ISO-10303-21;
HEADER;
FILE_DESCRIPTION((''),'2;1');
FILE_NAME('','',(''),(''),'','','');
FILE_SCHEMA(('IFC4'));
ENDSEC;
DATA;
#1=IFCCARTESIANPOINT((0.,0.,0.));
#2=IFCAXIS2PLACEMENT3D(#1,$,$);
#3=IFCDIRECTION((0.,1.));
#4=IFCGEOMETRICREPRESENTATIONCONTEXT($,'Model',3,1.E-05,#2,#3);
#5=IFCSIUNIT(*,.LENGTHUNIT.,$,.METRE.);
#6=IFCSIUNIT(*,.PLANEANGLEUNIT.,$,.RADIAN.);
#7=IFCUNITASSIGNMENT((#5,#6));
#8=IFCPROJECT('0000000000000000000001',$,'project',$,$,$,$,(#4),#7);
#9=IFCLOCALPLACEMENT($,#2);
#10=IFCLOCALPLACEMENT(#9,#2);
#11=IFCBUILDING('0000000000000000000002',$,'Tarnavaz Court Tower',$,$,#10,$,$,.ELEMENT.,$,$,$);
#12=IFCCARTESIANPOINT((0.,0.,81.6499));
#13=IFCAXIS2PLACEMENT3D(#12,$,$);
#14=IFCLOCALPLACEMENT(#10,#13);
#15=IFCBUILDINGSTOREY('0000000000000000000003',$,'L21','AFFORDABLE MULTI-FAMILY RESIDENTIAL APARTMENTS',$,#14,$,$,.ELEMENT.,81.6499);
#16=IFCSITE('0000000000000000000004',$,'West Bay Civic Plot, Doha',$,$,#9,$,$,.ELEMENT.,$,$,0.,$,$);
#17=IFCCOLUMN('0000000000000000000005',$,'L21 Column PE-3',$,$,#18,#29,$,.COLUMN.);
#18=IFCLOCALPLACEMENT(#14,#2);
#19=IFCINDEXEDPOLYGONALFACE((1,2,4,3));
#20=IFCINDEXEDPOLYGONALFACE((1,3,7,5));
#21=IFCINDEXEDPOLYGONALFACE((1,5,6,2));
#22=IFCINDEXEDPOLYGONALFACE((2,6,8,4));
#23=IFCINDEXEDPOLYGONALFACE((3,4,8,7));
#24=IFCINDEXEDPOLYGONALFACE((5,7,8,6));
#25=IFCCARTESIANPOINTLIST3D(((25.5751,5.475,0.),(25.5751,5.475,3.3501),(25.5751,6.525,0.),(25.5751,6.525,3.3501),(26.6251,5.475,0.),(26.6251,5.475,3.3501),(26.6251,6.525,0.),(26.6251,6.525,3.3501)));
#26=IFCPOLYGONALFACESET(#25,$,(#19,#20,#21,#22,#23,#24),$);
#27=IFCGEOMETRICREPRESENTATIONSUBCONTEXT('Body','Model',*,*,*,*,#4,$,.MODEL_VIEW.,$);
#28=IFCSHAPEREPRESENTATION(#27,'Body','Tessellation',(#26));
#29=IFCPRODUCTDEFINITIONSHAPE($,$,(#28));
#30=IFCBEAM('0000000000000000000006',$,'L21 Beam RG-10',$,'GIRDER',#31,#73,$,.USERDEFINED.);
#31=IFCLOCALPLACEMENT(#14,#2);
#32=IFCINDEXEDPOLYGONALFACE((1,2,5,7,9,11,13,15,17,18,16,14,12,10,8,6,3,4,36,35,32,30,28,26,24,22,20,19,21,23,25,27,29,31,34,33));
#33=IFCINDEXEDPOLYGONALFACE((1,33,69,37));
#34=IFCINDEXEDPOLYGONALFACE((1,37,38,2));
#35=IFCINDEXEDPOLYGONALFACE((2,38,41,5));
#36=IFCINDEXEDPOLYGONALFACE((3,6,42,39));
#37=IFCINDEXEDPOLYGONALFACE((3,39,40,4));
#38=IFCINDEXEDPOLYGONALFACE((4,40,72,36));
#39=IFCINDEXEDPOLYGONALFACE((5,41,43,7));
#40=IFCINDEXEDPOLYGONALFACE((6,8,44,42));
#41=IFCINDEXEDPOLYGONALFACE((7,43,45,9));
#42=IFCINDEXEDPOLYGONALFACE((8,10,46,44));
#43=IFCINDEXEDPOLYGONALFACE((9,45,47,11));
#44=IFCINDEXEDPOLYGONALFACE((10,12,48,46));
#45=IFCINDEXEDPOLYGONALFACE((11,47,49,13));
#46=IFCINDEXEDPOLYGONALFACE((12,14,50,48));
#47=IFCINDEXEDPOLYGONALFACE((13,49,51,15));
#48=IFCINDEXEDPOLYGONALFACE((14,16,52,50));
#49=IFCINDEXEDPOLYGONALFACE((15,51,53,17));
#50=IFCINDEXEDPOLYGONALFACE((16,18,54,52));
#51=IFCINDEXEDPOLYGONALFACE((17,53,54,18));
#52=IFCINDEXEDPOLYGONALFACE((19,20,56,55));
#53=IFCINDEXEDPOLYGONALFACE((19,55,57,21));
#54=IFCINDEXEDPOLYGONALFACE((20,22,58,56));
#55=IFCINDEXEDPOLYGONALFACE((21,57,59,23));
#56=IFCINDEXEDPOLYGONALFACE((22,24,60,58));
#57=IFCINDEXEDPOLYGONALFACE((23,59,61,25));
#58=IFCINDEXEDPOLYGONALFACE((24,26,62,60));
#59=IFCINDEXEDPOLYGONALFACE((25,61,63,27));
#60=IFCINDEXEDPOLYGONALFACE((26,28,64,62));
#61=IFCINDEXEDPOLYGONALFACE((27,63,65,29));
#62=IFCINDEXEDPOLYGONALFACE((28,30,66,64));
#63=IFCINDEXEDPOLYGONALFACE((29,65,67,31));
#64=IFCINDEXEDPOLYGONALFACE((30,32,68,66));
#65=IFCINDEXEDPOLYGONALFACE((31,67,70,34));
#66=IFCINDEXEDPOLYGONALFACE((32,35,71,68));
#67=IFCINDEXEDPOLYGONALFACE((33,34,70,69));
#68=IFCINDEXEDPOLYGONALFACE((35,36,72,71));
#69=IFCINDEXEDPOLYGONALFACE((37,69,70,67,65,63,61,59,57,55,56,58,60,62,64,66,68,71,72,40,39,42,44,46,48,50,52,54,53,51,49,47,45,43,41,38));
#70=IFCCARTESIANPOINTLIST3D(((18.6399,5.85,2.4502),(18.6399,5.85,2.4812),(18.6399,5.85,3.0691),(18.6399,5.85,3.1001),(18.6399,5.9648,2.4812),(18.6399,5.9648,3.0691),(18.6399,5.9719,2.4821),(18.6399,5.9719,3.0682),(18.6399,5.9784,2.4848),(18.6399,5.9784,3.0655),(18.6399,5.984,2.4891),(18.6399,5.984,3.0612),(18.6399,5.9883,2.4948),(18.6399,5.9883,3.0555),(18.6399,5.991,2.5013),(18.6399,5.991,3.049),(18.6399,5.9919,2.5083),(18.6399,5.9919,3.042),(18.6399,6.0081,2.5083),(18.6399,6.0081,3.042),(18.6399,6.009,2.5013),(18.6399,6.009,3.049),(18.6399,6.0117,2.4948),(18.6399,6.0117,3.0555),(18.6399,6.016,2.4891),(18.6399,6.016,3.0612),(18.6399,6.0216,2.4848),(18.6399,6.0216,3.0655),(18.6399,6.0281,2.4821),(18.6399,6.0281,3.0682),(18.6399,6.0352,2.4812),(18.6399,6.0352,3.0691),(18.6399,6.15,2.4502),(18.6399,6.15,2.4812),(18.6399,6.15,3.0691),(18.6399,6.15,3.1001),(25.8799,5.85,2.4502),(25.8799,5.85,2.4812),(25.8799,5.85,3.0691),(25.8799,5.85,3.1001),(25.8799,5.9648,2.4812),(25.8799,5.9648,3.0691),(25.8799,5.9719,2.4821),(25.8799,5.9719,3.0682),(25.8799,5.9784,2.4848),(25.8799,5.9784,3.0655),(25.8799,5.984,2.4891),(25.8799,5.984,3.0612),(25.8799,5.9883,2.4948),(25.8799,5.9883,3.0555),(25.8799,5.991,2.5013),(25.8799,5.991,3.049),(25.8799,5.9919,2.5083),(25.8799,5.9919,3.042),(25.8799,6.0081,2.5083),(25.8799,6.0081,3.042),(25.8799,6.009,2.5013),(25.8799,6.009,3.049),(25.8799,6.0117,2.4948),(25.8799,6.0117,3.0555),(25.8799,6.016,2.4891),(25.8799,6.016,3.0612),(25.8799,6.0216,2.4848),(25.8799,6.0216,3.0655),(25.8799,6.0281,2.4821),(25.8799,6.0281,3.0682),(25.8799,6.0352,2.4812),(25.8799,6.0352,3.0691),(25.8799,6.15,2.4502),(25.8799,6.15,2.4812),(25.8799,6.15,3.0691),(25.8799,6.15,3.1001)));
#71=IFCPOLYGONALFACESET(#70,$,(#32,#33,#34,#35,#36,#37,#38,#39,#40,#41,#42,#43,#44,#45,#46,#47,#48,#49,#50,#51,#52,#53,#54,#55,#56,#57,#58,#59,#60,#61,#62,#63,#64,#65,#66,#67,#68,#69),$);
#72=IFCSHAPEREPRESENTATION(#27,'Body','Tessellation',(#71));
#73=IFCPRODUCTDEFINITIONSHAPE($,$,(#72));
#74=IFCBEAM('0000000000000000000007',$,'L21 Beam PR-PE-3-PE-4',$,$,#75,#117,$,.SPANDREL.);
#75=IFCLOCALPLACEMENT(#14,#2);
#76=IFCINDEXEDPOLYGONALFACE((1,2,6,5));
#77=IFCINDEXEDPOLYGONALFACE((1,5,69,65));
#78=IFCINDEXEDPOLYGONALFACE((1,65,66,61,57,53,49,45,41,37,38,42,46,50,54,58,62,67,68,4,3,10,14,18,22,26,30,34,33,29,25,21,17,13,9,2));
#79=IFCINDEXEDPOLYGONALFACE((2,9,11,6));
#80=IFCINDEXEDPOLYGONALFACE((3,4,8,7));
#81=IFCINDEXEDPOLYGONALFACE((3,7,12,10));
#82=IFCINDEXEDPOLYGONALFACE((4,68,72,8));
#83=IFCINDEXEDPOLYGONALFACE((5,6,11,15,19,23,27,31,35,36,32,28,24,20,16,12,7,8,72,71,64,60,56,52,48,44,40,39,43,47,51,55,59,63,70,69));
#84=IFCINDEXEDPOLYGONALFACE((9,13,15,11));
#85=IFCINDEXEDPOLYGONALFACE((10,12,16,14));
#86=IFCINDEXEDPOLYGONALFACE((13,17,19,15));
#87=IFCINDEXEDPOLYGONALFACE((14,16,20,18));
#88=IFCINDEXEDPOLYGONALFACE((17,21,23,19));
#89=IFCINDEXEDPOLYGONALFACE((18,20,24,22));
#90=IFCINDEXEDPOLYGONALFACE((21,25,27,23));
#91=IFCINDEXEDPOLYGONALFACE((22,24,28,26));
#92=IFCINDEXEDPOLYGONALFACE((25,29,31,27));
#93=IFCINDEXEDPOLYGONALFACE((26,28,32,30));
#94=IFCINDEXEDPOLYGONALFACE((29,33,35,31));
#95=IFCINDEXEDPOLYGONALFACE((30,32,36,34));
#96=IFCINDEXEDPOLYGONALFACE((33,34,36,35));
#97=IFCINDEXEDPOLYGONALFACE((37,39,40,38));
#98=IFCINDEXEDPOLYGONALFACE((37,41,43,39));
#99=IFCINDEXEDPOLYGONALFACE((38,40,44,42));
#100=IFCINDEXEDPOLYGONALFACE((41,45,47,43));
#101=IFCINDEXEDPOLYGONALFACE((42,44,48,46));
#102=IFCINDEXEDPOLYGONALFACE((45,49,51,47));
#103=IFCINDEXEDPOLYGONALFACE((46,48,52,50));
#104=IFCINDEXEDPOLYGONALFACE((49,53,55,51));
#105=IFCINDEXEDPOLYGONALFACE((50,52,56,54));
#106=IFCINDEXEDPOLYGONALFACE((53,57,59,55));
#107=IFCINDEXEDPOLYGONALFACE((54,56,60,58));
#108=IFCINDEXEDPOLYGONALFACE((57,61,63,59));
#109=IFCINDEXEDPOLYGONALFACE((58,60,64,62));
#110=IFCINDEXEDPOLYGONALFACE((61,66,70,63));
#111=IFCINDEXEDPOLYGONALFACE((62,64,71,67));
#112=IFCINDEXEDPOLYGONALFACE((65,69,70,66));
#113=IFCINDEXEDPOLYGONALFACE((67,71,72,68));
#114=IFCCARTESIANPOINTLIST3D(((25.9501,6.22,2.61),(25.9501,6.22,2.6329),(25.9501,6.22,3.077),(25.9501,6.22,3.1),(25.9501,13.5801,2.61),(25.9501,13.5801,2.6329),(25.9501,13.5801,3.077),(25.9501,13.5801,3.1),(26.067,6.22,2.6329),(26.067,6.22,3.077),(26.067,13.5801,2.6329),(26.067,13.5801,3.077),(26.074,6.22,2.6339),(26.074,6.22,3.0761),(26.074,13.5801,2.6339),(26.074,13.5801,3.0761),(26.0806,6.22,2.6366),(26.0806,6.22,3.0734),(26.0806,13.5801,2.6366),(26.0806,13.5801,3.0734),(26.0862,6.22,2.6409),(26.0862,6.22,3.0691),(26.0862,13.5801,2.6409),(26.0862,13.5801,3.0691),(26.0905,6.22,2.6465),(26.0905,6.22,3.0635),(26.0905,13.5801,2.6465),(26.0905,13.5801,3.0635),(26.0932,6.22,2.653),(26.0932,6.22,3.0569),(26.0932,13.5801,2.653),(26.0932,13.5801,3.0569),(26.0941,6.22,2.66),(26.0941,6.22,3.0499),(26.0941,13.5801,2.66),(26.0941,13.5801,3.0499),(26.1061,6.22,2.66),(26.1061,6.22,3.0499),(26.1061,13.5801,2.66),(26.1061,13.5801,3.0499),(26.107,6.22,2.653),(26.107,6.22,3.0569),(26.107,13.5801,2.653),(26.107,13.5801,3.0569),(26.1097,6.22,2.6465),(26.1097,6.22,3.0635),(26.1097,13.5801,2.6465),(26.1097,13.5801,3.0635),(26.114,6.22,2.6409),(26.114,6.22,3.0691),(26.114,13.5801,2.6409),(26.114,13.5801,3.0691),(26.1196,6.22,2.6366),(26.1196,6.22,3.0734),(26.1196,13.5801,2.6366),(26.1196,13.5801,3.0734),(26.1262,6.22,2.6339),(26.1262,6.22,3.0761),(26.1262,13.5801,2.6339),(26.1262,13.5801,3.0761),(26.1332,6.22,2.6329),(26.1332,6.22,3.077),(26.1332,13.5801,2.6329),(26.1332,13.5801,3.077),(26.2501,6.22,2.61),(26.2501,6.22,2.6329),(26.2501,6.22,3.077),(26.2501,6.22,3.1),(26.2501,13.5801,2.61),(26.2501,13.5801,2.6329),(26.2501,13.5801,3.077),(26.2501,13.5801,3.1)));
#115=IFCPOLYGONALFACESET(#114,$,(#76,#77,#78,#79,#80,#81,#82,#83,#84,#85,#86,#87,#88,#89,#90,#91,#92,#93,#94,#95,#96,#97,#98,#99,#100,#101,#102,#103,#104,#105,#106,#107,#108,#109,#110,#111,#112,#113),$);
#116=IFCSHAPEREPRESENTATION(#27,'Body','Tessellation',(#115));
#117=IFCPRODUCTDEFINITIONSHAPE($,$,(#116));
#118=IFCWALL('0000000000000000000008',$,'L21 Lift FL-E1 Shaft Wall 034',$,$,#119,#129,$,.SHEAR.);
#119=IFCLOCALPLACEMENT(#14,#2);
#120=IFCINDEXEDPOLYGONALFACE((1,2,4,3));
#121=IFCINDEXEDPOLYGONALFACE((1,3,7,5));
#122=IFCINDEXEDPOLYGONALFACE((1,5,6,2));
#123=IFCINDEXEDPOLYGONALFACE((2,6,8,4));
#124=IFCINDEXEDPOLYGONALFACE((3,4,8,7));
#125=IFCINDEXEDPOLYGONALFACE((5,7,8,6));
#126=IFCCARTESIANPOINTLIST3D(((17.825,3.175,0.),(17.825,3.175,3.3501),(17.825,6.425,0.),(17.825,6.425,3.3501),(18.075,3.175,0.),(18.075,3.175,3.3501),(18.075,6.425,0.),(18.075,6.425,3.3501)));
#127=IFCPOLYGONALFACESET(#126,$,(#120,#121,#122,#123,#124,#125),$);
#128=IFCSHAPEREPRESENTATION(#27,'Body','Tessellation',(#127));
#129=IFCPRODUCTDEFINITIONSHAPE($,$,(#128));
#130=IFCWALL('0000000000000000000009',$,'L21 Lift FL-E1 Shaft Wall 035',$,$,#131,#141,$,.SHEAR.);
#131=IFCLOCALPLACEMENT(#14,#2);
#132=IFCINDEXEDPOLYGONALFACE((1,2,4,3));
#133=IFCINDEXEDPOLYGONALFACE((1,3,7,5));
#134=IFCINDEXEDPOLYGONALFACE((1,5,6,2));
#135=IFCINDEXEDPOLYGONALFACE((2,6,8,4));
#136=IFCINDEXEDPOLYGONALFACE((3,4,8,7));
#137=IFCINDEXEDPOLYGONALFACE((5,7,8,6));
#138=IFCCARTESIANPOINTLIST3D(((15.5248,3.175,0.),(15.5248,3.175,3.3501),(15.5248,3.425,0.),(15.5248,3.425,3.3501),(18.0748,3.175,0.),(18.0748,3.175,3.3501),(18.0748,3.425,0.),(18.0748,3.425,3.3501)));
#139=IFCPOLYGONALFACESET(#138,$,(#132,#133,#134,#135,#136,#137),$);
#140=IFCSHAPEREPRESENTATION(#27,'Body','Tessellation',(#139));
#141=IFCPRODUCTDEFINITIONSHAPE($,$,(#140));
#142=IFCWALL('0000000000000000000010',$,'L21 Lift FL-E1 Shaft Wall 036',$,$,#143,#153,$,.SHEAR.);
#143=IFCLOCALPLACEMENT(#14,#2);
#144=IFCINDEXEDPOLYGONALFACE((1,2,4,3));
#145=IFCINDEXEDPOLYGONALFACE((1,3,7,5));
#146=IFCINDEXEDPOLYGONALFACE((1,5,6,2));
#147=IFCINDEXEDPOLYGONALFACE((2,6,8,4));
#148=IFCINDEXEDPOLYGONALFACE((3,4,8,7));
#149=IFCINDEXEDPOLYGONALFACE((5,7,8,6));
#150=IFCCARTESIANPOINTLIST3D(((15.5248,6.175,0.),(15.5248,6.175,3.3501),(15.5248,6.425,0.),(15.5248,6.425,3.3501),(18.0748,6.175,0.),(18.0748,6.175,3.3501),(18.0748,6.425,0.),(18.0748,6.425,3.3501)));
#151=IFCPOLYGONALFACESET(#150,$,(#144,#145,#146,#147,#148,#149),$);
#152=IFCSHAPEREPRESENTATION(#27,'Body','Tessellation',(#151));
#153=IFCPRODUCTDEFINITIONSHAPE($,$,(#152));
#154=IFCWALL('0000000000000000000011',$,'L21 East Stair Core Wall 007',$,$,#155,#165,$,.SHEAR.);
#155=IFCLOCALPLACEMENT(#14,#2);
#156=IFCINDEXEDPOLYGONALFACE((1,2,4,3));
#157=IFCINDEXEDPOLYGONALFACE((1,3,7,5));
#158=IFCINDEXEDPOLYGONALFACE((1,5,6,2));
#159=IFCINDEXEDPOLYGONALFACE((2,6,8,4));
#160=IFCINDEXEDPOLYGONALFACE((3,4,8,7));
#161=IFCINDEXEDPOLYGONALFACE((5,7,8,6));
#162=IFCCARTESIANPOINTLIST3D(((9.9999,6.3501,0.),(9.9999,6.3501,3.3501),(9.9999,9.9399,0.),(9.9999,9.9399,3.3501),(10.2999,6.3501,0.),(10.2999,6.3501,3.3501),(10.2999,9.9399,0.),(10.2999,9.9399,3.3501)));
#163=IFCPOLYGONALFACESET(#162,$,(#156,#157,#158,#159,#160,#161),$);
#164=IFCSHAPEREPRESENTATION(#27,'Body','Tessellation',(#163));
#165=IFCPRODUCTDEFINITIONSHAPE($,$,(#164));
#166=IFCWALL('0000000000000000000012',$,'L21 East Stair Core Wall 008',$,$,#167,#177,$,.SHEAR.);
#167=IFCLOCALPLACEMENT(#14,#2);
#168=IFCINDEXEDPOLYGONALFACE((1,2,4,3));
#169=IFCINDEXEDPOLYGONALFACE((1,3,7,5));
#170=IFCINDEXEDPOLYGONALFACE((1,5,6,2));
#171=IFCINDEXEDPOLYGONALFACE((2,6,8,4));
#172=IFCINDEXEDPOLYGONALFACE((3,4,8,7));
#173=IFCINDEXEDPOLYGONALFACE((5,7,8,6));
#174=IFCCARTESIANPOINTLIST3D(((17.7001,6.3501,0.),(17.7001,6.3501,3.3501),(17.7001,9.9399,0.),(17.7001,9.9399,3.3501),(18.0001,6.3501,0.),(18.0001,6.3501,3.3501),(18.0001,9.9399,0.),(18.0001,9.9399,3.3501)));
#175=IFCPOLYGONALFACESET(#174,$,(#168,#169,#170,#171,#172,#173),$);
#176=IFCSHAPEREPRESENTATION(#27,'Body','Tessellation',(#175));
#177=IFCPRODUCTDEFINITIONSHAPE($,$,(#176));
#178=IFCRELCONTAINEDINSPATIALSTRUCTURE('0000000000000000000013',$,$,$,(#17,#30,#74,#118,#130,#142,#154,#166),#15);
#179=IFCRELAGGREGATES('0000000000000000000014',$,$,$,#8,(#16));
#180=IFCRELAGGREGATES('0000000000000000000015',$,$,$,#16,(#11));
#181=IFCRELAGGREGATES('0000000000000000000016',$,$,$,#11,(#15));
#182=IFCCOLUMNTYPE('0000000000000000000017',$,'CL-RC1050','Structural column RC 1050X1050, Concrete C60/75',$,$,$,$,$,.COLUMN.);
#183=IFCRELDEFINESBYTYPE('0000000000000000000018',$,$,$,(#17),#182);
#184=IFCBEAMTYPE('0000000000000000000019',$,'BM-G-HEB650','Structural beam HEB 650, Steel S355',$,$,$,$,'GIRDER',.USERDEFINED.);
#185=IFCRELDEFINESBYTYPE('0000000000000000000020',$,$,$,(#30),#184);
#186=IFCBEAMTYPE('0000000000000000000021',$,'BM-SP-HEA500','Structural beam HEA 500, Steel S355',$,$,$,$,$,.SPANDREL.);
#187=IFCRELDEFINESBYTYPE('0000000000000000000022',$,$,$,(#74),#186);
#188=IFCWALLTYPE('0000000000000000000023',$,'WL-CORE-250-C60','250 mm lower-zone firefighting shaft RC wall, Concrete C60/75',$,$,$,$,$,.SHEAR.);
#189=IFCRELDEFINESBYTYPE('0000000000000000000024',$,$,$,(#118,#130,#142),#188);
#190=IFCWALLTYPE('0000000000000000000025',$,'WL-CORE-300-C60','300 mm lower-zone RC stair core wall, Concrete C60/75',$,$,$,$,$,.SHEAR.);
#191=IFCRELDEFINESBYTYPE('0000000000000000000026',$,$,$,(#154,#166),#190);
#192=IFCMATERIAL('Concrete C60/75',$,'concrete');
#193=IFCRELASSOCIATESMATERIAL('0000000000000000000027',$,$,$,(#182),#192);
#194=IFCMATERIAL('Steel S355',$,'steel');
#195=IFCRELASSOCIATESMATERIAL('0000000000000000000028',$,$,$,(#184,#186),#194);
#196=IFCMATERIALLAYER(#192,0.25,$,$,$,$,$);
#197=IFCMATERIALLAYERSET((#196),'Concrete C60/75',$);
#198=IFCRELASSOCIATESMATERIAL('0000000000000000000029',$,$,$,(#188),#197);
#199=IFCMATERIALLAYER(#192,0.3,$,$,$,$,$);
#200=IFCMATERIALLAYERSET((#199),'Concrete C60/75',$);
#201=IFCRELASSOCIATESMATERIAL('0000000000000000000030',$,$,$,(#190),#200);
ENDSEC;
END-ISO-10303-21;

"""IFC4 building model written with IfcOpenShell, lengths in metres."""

from ifc_helpers import new_model, si_unit, direction, frame, frame_2d, origin, origin_2d, place, context, subcontext, project, spatial, rectangle, i_section, extrude, material, layer, layer_set, material_profile, profile_set, type_object, element, save


model = new_model("IFC4")

# Units and contexts
model_context = context("Model", 3, precision=1e-05, world=origin(), true_north=direction((0.0, 1.0)))
body_context = subcontext(model_context, "Body", "Model", "MODEL_VIEW")
ifc_project = project(units=[si_unit("LENGTHUNIT", "METRE"), si_unit("PLANEANGLEUNIT", "RADIAN")], contexts=[model_context])

# Site, building, storey
site_placement = place(None, origin())
site = spatial("IfcSite", under=ifc_project, at=site_placement, Name="West Bay Civic Plot, Doha", CompositionType="ELEMENT", RefElevation=0.0)
building_placement = place(site_placement, origin())
building = spatial("IfcBuilding", under=site, at=building_placement, Name="Tarnavaz Court Tower", CompositionType="ELEMENT")
storey_placement = place(building_placement, frame((0.0, 0.0, 81.6499)))
storey = spatial("IfcBuildingStorey", under=building, at=storey_placement, Name="L21", Description="AFFORDABLE MULTI-FAMILY RESIDENTIAL APARTMENTS", CompositionType="ELEMENT", Elevation=81.6499)

# Column
ifc_material_1 = material(Name="Concrete C60/75", Category="concrete")
ifc_material_profile_1 = material_profile(ifc_material_1, rectangle(XDim=1.05, YDim=1.05, at=origin_2d()), Name="RC 1050X1050")
ifc_profile_set_1 = profile_set([ifc_material_profile_1], Name="Concrete C60/75")
column_type = type_object("IfcColumnType", Name="CL-RC1050", Description="Structural column RC 1050X1050, Concrete C60/75", PredefinedType="COLUMN", material=ifc_profile_set_1)
column_placement = place(storey_placement, frame((26.1001, 6.0, 0.0), z_axis=(0.0, 0.0, 1.0), x_axis=(1.0, 0.0, 0.0)))
element("IfcColumn", 1, at=column_placement, inside=storey, type_object=column_type, Name="L21 Column PE-3", PredefinedType="COLUMN", context=body_context, shape_type="SweptSolid", body=[
    extrude(rectangle(XDim=1.05, YDim=1.05, at=origin_2d()), origin(), (0.0, 0.0, 1.0), 3.3501),
])

# Beams
ifc_material_2 = material(Name="Steel S355", Category="steel")
ifc_material_profile_2 = material_profile(ifc_material_2, i_section(OverallWidth=0.3, OverallDepth=0.6499, WebThickness=0.0161, FlangeThickness=0.031, FilletRadius=0.0271, at=origin_2d()), Name="HEB 650")
ifc_profile_set_2 = profile_set([ifc_material_profile_2], Name="Steel S355")
beam_type_1 = type_object("IfcBeamType", Name="BM-G-HEB650", Description="Structural beam HEB 650, Steel S355", ElementType="GIRDER", PredefinedType="USERDEFINED", material=ifc_profile_set_2)
beam_1_placement = place(storey_placement, frame((18.6399, 6.0, 2.7751), z_axis=(1.0, 0.0, 0.0), x_axis=(0.0, 1.0, 0.0)))
element("IfcBeam", 2, at=beam_1_placement, inside=storey, type_object=beam_type_1, Name="L21 Beam RG-10", ObjectType="GIRDER", PredefinedType="USERDEFINED", context=body_context, shape_type="SweptSolid", body=[
    extrude(i_section(OverallWidth=0.3, OverallDepth=0.6499, WebThickness=0.0161, FlangeThickness=0.031, FilletRadius=0.0271, at=origin_2d()), origin(), (0.0, 0.0, 1.0), 7.24),
])
ifc_material_profile_3 = material_profile(ifc_material_2, i_section(OverallWidth=0.3, OverallDepth=0.49, WebThickness=0.012, FlangeThickness=0.0229, FilletRadius=0.0271, at=origin_2d()), Name="HEA 500")
ifc_profile_set_3 = profile_set([ifc_material_profile_3], Name="Steel S355")
beam_type_2 = type_object("IfcBeamType", Name="BM-SP-HEA500", Description="Structural beam HEA 500, Steel S355", PredefinedType="SPANDREL", material=ifc_profile_set_3)
beam_2_placement = place(storey_placement, frame((26.1001, 6.22, 2.855), z_axis=(0.0, 1.0, 0.0), x_axis=(-1.0, 0.0, 0.0)))
element("IfcBeam", 3, at=beam_2_placement, inside=storey, type_object=beam_type_2, Name="L21 Beam PR-PE-3-PE-4", PredefinedType="SPANDREL", context=body_context, shape_type="SweptSolid", body=[
    extrude(i_section(OverallWidth=0.3, OverallDepth=0.49, WebThickness=0.012, FlangeThickness=0.0229, FilletRadius=0.0271, at=origin_2d()), origin(), (0.0, 0.0, 1.0), 7.3601),
])

# Shared definitions
ifc_layer_1 = layer(ifc_material_1, 0.25)
ifc_layer_set_1 = layer_set([ifc_layer_1], Name="Concrete C60/75")
wall_type_1 = type_object("IfcWallType", Name="WL-CORE-250-C60", Description="250 mm lower-zone firefighting shaft RC wall, Concrete C60/75", PredefinedType="SHEAR", material=ifc_layer_set_1)

# Walls
wall_1_placement = place(storey_placement, frame((17.95, 3.175, 0.0), z_axis=(0.0, 0.0, 1.0), x_axis=(0.0, 1.0, 0.0)))
element("IfcWall", 4, at=wall_1_placement, inside=storey, type_object=wall_type_1, Name="L21 Lift FL-E1 Shaft Wall 034", PredefinedType="SHEAR", context=body_context, shape_type="SweptSolid", body=[
    extrude(rectangle(XDim=3.25, YDim=0.25, at=frame_2d((1.625, 0.0))), origin(), (0.0, 0.0, 1.0), 3.3501),
])
for number, where, z_axis, x_axis, name in (
    (5, (15.5249, 3.3, 0.0), (0.0, 0.0, 1.0), (1.0, 0.0, 0.0), "L21 Lift FL-E1 Shaft Wall 035"),
    (6, (15.5249, 6.3, 0.0), (0.0, 0.0, 1.0), (1.0, 0.0, 0.0), "L21 Lift FL-E1 Shaft Wall 036"),
):
    element("IfcWall", number, at=place(storey_placement, frame(where, z_axis=z_axis, x_axis=x_axis)), inside=storey, type_object=wall_type_1, Name=name, PredefinedType="SHEAR", context=body_context, shape_type="SweptSolid", body=[
        extrude(rectangle(XDim=2.55, YDim=0.25, at=frame_2d((1.2749, 0.0))), origin(), (0.0, 0.0, 1.0), 3.3501),
    ])
ifc_layer_2 = layer(ifc_material_1, 0.3)
ifc_layer_set_2 = layer_set([ifc_layer_2], Name="Concrete C60/75")
wall_type_2 = type_object("IfcWallType", Name="WL-CORE-300-C60", Description="300 mm lower-zone RC stair core wall, Concrete C60/75", PredefinedType="SHEAR", material=ifc_layer_set_2)
for number, where, z_axis, x_axis, name in (
    (7, (10.1499, 6.3501, 0.0), (0.0, 0.0, 1.0), (0.0, 1.0, 0.0), "L21 East Stair Core Wall 007"),
    (8, (17.8501, 6.3501, 0.0), (0.0, 0.0, 1.0), (0.0, 1.0, 0.0), "L21 East Stair Core Wall 008"),
):
    element("IfcWall", number, at=place(storey_placement, frame(where, z_axis=z_axis, x_axis=x_axis)), inside=storey, type_object=wall_type_2, Name=name, PredefinedType="SHEAR", context=body_context, shape_type="SweptSolid", body=[
        extrude(rectangle(XDim=3.5898, YDim=0.3, at=frame_2d((1.7949, 0.0))), origin(), (0.0, 0.0, 1.0), 3.3501),
    ])

save(model, "model.ifc")
